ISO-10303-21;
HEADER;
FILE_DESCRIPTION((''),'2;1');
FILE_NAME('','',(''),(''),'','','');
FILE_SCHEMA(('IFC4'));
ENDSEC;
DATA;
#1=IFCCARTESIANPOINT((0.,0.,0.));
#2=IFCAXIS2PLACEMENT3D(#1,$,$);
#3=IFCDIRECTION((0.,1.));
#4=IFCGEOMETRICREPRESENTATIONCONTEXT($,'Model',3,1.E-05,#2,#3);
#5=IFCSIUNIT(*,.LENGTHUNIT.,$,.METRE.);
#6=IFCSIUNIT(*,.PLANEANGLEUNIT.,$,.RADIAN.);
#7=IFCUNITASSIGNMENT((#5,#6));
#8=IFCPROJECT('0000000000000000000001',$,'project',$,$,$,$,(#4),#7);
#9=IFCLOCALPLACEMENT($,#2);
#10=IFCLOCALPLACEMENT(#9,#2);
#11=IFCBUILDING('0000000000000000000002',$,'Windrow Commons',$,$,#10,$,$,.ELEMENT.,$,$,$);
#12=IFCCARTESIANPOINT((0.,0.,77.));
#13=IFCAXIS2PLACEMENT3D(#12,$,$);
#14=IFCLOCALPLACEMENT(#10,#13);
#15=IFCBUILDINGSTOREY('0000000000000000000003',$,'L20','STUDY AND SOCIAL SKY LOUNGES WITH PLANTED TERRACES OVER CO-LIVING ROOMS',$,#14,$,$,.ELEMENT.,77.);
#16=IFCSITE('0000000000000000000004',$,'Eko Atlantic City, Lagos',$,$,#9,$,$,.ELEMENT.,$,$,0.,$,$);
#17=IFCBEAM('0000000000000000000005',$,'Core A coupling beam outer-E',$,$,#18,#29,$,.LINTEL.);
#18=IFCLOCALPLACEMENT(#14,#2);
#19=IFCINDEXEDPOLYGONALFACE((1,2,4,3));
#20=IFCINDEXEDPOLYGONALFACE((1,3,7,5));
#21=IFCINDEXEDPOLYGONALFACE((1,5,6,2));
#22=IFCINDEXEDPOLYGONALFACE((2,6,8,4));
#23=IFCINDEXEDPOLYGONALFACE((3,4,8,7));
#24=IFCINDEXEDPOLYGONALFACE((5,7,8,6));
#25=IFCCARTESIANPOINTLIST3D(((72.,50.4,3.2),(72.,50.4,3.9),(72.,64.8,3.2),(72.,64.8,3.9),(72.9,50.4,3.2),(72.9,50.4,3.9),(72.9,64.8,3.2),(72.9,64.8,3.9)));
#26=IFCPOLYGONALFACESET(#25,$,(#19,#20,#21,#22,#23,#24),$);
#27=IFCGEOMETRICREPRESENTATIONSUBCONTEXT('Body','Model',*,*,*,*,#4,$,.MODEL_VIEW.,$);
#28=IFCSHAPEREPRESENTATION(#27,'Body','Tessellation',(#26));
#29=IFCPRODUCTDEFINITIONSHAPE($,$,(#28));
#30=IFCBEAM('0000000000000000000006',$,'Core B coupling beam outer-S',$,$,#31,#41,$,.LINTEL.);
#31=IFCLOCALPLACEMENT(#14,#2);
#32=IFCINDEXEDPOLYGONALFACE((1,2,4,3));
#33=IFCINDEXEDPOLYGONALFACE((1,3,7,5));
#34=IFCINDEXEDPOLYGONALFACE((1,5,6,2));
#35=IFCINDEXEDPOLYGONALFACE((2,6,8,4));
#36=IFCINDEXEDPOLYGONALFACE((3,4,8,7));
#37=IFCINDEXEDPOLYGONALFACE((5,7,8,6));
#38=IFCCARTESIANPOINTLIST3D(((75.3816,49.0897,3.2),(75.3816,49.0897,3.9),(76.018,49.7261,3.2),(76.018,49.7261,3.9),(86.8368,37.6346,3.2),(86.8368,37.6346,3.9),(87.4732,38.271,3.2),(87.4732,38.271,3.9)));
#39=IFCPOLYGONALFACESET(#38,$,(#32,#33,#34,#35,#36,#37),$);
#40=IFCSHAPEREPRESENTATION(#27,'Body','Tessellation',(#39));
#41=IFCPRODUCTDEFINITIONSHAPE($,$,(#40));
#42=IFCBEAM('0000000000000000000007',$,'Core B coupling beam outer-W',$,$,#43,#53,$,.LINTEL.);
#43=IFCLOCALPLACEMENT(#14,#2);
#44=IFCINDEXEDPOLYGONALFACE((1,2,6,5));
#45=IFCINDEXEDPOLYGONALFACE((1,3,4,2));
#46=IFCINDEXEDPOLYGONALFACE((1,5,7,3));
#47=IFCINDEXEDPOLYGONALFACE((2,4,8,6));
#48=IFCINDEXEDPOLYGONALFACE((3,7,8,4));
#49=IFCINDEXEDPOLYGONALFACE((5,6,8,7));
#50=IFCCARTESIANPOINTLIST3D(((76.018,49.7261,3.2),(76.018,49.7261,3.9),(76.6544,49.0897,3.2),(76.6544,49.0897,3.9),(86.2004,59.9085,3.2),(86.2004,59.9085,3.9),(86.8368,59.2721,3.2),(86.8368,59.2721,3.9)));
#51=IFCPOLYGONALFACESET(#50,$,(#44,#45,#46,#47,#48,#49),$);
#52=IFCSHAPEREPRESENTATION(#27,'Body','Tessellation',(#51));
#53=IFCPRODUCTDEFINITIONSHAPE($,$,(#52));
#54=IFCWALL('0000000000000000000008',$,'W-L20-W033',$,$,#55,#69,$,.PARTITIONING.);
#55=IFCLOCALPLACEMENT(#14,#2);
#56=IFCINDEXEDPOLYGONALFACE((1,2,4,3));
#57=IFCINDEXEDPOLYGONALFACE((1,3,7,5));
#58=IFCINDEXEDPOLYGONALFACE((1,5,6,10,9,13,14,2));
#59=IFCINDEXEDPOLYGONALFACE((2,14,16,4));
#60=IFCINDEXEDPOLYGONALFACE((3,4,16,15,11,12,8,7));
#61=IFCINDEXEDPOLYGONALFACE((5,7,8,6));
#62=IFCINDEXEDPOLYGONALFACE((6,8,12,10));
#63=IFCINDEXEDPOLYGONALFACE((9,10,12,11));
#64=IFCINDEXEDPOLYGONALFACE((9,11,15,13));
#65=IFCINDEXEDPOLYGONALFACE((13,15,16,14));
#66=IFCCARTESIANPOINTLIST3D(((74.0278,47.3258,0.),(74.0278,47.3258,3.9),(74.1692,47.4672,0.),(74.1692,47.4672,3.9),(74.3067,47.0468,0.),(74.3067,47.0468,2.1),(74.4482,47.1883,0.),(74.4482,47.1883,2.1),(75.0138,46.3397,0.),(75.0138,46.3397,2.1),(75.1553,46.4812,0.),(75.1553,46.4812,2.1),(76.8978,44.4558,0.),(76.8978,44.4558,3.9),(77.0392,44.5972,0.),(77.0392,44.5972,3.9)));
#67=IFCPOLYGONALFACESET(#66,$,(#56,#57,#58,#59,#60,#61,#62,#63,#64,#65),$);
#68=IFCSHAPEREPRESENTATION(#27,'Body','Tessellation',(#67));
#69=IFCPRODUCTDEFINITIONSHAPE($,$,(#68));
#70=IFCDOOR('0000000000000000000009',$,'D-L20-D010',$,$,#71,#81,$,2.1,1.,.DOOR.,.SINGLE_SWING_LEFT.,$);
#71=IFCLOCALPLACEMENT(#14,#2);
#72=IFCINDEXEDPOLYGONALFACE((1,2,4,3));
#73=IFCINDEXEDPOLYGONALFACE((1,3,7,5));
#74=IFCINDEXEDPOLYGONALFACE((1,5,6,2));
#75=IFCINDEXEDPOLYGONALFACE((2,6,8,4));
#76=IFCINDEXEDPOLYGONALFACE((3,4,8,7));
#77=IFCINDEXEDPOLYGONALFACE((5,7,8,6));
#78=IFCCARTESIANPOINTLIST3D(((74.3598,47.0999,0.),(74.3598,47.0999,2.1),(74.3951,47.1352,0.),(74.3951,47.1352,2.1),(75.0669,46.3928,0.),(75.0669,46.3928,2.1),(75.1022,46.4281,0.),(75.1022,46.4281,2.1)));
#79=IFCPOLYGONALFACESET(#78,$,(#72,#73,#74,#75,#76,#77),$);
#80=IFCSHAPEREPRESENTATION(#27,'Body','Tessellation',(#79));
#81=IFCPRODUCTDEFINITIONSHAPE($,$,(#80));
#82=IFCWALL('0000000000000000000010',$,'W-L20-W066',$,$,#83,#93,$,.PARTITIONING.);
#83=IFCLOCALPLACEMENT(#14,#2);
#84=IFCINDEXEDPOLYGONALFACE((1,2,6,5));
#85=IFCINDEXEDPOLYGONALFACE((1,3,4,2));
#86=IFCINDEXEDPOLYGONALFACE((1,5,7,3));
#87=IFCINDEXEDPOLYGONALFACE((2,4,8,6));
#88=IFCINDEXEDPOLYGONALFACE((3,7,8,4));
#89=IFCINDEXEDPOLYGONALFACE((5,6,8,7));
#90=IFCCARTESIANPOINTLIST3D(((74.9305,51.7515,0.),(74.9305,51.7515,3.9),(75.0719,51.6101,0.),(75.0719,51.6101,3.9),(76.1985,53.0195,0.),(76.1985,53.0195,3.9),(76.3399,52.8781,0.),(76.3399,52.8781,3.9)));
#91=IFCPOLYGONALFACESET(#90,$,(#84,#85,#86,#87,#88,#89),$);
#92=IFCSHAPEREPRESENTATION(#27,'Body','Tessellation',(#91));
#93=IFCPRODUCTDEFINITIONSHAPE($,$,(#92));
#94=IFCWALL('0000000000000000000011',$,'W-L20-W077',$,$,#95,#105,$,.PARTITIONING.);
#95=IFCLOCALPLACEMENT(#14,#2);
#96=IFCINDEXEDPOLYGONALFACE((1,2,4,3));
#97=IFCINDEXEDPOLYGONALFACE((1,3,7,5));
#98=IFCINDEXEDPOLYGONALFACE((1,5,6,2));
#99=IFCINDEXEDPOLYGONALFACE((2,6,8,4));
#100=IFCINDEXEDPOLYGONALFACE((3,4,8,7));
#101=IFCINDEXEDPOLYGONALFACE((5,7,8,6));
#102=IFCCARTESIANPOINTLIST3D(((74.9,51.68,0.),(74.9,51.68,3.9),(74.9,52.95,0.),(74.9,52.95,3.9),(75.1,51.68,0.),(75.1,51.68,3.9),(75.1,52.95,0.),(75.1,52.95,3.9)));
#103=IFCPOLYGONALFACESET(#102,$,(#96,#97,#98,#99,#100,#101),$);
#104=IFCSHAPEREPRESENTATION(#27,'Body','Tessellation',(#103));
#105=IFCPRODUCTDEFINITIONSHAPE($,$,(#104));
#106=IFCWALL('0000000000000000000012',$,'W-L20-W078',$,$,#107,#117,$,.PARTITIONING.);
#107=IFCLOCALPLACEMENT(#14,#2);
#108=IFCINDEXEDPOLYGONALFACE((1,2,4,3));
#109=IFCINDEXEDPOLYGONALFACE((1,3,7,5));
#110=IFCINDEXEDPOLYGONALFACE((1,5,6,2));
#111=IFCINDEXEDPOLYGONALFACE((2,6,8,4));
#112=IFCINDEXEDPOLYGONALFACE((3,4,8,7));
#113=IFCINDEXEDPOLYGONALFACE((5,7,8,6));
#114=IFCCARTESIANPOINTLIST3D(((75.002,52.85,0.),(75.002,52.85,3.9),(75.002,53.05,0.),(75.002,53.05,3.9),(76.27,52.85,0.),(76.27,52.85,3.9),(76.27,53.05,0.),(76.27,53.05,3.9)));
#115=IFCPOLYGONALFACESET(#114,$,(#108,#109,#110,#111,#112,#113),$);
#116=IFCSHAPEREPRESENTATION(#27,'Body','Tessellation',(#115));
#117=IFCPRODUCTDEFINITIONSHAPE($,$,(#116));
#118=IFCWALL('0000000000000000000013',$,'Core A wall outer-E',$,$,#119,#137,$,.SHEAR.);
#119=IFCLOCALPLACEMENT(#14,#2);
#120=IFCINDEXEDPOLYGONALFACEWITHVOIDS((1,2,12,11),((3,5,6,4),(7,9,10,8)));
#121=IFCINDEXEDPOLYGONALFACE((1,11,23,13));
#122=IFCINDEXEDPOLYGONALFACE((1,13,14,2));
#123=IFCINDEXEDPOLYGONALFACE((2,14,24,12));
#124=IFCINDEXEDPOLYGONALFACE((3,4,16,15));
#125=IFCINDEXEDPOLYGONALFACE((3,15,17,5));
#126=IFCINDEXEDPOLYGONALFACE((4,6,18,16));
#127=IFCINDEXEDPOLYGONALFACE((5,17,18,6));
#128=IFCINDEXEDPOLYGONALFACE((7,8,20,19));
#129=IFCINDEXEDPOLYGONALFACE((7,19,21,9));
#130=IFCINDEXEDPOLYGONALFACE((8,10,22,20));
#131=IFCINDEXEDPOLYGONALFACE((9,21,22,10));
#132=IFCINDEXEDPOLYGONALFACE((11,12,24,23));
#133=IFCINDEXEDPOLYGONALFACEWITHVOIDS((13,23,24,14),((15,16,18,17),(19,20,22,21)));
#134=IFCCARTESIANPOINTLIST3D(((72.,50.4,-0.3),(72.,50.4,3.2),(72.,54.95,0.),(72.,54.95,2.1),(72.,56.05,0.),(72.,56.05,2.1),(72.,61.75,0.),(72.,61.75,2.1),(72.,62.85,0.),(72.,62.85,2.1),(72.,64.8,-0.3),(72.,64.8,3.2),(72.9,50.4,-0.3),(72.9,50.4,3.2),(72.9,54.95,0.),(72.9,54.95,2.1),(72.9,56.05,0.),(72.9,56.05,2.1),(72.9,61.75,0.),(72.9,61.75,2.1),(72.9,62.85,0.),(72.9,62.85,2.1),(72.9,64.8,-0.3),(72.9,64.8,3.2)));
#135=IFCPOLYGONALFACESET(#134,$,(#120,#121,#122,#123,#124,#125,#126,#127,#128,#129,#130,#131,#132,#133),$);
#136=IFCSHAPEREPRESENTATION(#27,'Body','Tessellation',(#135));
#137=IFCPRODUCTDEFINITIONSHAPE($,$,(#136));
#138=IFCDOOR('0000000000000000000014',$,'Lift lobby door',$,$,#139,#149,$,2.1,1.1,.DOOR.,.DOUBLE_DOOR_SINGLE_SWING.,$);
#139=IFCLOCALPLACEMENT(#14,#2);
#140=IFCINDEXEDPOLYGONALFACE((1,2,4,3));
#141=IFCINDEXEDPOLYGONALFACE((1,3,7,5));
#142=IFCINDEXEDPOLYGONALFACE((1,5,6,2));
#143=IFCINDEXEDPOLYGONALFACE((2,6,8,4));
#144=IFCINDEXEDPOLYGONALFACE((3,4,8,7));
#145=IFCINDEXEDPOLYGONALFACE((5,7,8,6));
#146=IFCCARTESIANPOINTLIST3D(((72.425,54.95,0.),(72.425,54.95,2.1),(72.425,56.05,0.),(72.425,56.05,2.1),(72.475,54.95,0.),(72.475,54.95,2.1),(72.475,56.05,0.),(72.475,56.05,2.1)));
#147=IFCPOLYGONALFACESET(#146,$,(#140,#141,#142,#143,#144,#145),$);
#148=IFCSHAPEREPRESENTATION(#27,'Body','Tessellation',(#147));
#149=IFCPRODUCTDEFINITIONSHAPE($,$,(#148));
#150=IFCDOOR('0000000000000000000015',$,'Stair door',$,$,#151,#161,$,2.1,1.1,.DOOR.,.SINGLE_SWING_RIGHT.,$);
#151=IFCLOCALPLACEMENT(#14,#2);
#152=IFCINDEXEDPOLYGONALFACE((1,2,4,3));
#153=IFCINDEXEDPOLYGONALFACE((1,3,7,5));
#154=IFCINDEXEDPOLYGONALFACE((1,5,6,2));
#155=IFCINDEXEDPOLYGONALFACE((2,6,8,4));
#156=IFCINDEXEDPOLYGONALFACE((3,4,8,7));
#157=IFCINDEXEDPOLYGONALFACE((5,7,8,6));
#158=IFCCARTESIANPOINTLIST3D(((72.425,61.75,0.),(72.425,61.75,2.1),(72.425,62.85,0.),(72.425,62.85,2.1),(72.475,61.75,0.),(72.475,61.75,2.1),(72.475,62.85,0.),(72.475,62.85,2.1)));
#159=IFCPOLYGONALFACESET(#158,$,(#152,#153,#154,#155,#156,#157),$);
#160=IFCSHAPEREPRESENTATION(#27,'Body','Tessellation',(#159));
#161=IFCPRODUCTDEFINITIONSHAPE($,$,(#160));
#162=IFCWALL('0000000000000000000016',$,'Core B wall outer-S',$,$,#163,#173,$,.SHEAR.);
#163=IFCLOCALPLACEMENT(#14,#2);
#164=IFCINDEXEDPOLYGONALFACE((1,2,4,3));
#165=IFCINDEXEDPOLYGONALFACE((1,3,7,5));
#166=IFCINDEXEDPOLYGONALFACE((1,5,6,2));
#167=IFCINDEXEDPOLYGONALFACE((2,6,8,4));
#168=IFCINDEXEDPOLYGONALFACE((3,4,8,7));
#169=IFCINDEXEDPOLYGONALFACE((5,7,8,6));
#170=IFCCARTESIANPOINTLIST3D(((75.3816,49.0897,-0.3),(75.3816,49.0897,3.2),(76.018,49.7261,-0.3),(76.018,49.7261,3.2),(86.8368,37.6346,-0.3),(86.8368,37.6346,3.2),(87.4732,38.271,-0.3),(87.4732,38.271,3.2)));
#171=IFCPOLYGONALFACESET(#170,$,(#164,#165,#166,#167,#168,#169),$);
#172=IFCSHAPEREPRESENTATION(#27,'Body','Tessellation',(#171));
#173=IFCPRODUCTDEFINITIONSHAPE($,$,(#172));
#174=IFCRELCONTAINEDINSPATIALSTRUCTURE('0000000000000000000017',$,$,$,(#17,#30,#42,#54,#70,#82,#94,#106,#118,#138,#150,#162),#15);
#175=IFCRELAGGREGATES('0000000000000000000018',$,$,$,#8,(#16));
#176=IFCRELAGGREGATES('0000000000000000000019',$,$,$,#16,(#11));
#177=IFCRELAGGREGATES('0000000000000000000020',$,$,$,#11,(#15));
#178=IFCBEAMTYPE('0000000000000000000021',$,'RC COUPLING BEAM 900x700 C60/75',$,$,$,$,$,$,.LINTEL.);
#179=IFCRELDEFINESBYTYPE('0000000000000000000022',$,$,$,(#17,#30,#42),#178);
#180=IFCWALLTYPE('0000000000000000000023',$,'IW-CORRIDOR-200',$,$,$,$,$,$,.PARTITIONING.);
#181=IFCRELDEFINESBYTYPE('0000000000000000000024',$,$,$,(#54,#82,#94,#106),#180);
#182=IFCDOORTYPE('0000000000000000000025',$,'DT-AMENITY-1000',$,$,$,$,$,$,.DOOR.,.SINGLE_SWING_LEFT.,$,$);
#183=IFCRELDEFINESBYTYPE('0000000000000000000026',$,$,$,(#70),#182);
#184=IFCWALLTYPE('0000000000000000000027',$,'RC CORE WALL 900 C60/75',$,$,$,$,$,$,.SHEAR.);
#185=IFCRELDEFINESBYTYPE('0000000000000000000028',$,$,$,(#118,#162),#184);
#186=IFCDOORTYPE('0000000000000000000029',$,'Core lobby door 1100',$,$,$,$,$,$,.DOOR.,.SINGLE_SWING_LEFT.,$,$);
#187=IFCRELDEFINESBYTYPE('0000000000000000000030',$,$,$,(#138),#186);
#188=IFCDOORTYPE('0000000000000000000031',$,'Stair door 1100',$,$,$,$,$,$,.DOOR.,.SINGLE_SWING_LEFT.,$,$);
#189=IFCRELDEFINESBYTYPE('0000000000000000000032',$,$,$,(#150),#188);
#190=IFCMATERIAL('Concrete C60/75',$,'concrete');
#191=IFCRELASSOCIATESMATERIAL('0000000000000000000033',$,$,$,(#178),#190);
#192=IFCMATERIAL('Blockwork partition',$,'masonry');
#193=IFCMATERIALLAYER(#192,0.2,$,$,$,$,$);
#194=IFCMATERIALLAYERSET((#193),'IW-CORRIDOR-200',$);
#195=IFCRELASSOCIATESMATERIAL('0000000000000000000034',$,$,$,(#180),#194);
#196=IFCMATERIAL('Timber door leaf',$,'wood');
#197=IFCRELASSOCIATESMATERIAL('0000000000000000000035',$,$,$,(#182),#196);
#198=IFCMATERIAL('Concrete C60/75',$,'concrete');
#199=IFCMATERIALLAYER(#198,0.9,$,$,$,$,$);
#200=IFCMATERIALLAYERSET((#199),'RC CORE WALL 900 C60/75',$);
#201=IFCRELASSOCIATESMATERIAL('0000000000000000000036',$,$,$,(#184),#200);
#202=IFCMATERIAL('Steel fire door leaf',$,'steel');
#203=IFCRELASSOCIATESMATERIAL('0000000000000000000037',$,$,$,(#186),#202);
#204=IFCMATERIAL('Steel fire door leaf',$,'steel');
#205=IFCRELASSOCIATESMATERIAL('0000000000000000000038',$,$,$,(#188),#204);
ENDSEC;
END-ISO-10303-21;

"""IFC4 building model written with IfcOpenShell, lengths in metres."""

from ifc_helpers import new_model, si_unit, direction, frame, frame_2d, origin, origin_2d, place, context, subcontext, project, spatial, rectangle, extrude, material, layer, layer_set, material_profile, profile_set, type_object, element, fill, save


model = new_model("IFC4")

# Units and contexts
model_context = context("Model", 3, precision=1e-05, world=origin(), true_north=direction((0.0, 1.0)))
body_context = subcontext(model_context, "Body", "Model", "MODEL_VIEW")
ifc_project = project(units=[si_unit("LENGTHUNIT", "METRE"), si_unit("PLANEANGLEUNIT", "RADIAN")], contexts=[model_context])

# Site, building, storey
site_placement = place(None, origin())
site = spatial("IfcSite", under=ifc_project, at=site_placement, Name="Eko Atlantic City, Lagos", CompositionType="ELEMENT", RefElevation=0.0)
building_placement = place(site_placement, origin())
building = spatial("IfcBuilding", under=site, at=building_placement, Name="Windrow Commons", CompositionType="ELEMENT")
storey_placement = place(building_placement, frame((0.0, 0.0, 77.0)))
storey = spatial("IfcBuildingStorey", under=building, at=storey_placement, Name="L20", Description="STUDY AND SOCIAL SKY LOUNGES WITH PLANTED TERRACES OVER CO-LIVING ROOMS", CompositionType="ELEMENT", Elevation=77.0)

# Beams
ifc_material_1 = material(Name="Concrete C60/75", Category="concrete")
ifc_material_profile = material_profile(ifc_material_1, rectangle(XDim=0.9, YDim=0.7, at=origin_2d()))
ifc_profile_set = profile_set([ifc_material_profile], Name="Concrete C60/75")
beam_type = type_object("IfcBeamType", Name="RC COUPLING BEAM 900x700 C60/75", PredefinedType="LINTEL", material=ifc_profile_set)
beam_1_placement = place(storey_placement, frame((72.45, 50.4, 3.55), z_axis=(0.0, 1.0, 0.0), x_axis=(-1.0, 0.0, 0.0)))
element("IfcBeam", 1, at=beam_1_placement, inside=storey, type_object=beam_type, Name="Core A coupling beam outer-E", PredefinedType="LINTEL", context=body_context, shape_type="SweptSolid", body=[
    extrude(rectangle(XDim=0.9, YDim=0.7, at=origin_2d()), origin(), (0.0, 0.0, 1.0), 14.4),
])
beam_2_placement = place(storey_placement, frame((75.6998, 49.4079, 3.55), z_axis=(0.70711, -0.707104, 0.0), x_axis=(0.707104, 0.70711, 0.0)))
element("IfcBeam", 2, at=beam_2_placement, inside=storey, type_object=beam_type, Name="Core B coupling beam outer-S", PredefinedType="LINTEL", context=body_context, shape_type="SweptSolid", body=[
    extrude(rectangle(XDim=0.9, YDim=0.7, at=origin_2d()), origin(), (0.0, 0.0, 1.0), 16.2),
])
beam_3_placement = place(storey_placement, frame((76.3362, 49.4079, 3.55), z_axis=(0.707107, 0.707107, 0.0), x_axis=(-0.707107, 0.707107, 0.0)))
element("IfcBeam", 3, at=beam_3_placement, inside=storey, type_object=beam_type, Name="Core B coupling beam outer-W", PredefinedType="LINTEL", context=body_context, shape_type="SweptSolid", body=[
    extrude(rectangle(XDim=0.9, YDim=0.7, at=origin_2d()), origin(), (0.0, 0.0, 1.0), 14.4001),
])

# Wall, opening, door
ifc_material_2 = material(Name="Blockwork partition", Category="masonry")
ifc_layer_1 = layer(ifc_material_2, 0.2)
ifc_layer_set_1 = layer_set([ifc_layer_1], Name="IW-CORRIDOR-200")
wall_type_1 = type_object("IfcWallType", Name="IW-CORRIDOR-200", PredefinedType="PARTITIONING", material=ifc_layer_set_1)
wall_1_placement = place(storey_placement, frame((74.0985, 47.3965, 0.0), z_axis=(0.0, 0.0, 1.0), x_axis=(0.707107, -0.707107, 0.0)))
wall_1 = element("IfcWall", 4, at=wall_1_placement, inside=storey, type_object=wall_type_1, Name="W-L20-W033", PredefinedType="PARTITIONING", context=body_context, shape_type="SweptSolid", body=[
    extrude(rectangle(XDim=4.0588, YDim=0.2, at=frame_2d((2.0294, 0.0))), origin(), (0.0, 0.0, 1.0), 3.9),
])
opening_1_placement = place(wall_1_placement, frame((0.3945, 0.0, 0.0)))
opening_1 = element("IfcOpeningElement", 5, at=opening_1_placement, cuts=wall_1, PredefinedType="OPENING", context=body_context, shape_type="SweptSolid", body=[
    extrude(rectangle(XDim=1.0, YDim=2.1, at=frame_2d((0.5, 1.05))), frame((0.0, 0.11, 0.0), z_axis=(0.0, -1.0, 0.0), x_axis=(1.0, 0.0, 0.0)), (0.0, 0.0, 1.0), 0.22),
])
ifc_material_3 = material(Name="Timber door leaf", Category="wood")
door_type_1 = type_object("IfcDoorType", Name="DT-AMENITY-1000", OperationType="SINGLE_SWING_LEFT", PredefinedType="DOOR", material=ifc_material_3)
door_1_placement = place(opening_1_placement, origin())
door_1 = element("IfcDoor", 6, at=door_1_placement, inside=storey, type_object=door_type_1, Name="D-L20-D010", OperationType="SINGLE_SWING_LEFT", OverallHeight=2.1, OverallWidth=1.0, PredefinedType="DOOR", context=body_context, shape_type="SweptSolid", body=[
    extrude(rectangle(XDim=1.0, YDim=2.1, at=frame_2d((0.5, 1.05))), frame((0.0, 0.025, 0.0), z_axis=(0.0, -1.0, 0.0), x_axis=(1.0, 0.0, 0.0)), (0.0, 0.0, 1.0), 0.05),
])
fill(opening_1, door_1)

# Walls
wall_2_placement = place(storey_placement, frame((75.0012, 51.6808, 0.0), z_axis=(0.0, 0.0, 1.0), x_axis=(0.707107, 0.707107, 0.0)))
element("IfcWall", 7, at=wall_2_placement, inside=storey, type_object=wall_type_1, Name="W-L20-W066", PredefinedType="PARTITIONING", context=body_context, shape_type="SweptSolid", body=[
    extrude(rectangle(XDim=1.7932, YDim=0.2, at=frame_2d((0.8966, 0.0))), origin(), (0.0, 0.0, 1.0), 3.9),
])
wall_3_placement = place(storey_placement, frame((75.0, 51.68, 0.0), z_axis=(0.0, 0.0, 1.0), x_axis=(0.0, 1.0, 0.0)))
element("IfcWall", 8, at=wall_3_placement, inside=storey, type_object=wall_type_1, Name="W-L20-W077", PredefinedType="PARTITIONING", context=body_context, shape_type="SweptSolid", body=[
    extrude(rectangle(XDim=1.27, YDim=0.2, at=frame_2d((0.635, 0.0))), origin(), (0.0, 0.0, 1.0), 3.9),
])
wall_4_placement = place(storey_placement, frame((75.002, 52.95, 0.0), z_axis=(0.0, 0.0, 1.0), x_axis=(1.0, 0.0, 0.0)))
element("IfcWall", 9, at=wall_4_placement, inside=storey, type_object=wall_type_1, Name="W-L20-W078", PredefinedType="PARTITIONING", context=body_context, shape_type="SweptSolid", body=[
    extrude(rectangle(XDim=1.268, YDim=0.2, at=frame_2d((0.634, 0.0))), origin(), (0.0, 0.0, 1.0), 3.9),
])

# Wall, openings, doors
ifc_material_4 = material(Name="Concrete C60/75", Category="concrete")
ifc_layer_2 = layer(ifc_material_4, 0.9)
ifc_layer_set_2 = layer_set([ifc_layer_2], Name="RC CORE WALL 900 C60/75")
wall_type_2 = type_object("IfcWallType", Name="RC CORE WALL 900 C60/75", PredefinedType="SHEAR", material=ifc_layer_set_2)
wall_5_placement = place(storey_placement, frame((72.45, 50.4, -0.3), z_axis=(0.0, 0.0, 1.0), x_axis=(0.0, 1.0, 0.0)))
wall_5 = element("IfcWall", 10, at=wall_5_placement, inside=storey, type_object=wall_type_2, Name="Core A wall outer-E", PredefinedType="SHEAR", context=body_context, shape_type="SweptSolid", body=[
    extrude(rectangle(XDim=14.4, YDim=0.9, at=frame_2d((7.2, 0.0))), origin(), (0.0, 0.0, 1.0), 3.5),
])
opening_2_placement = place(wall_5_placement, frame((4.55, 0.0, 0.3)))
opening_2 = element("IfcOpeningElement", 11, at=opening_2_placement, cuts=wall_5, PredefinedType="OPENING", context=body_context, shape_type="SweptSolid", body=[
    extrude(rectangle(XDim=1.1, YDim=2.1, at=frame_2d((0.55, 1.05))), frame((0.0, 0.46, 0.0), z_axis=(0.0, -1.0, 0.0), x_axis=(1.0, 0.0, 0.0)), (0.0, 0.0, 1.0), 0.92),
])
opening_3_placement = place(wall_5_placement, frame((11.35, 0.0, 0.3)))
opening_3 = element("IfcOpeningElement", 12, at=opening_3_placement, cuts=wall_5, PredefinedType="OPENING", context=body_context, shape_type="SweptSolid", body=[
    extrude(rectangle(XDim=1.1, YDim=2.1, at=frame_2d((0.55, 1.05))), frame((0.0, 0.46, 0.0), z_axis=(0.0, -1.0, 0.0), x_axis=(1.0, 0.0, 0.0)), (0.0, 0.0, 1.0), 0.92),
])
ifc_material_5 = material(Name="Steel fire door leaf", Category="steel")
door_type_2 = type_object("IfcDoorType", Name="Core lobby door 1100", OperationType="SINGLE_SWING_LEFT", PredefinedType="DOOR", material=ifc_material_5)
door_2_placement = place(opening_2_placement, origin())
door_2 = element("IfcDoor", 13, at=door_2_placement, inside=storey, type_object=door_type_2, Name="Lift lobby door", OperationType="DOUBLE_DOOR_SINGLE_SWING", OverallHeight=2.1, OverallWidth=1.1, PredefinedType="DOOR", context=body_context, shape_type="SweptSolid", body=[
    extrude(rectangle(XDim=1.1, YDim=2.1, at=frame_2d((0.55, 1.05))), frame((0.0, 0.025, 0.0), z_axis=(0.0, -1.0, 0.0), x_axis=(1.0, 0.0, 0.0)), (0.0, 0.0, 1.0), 0.05),
])
fill(opening_2, door_2)
ifc_material_6 = material(Name="Steel fire door leaf", Category="steel")
door_type_3 = type_object("IfcDoorType", Name="Stair door 1100", OperationType="SINGLE_SWING_LEFT", PredefinedType="DOOR", material=ifc_material_6)
door_3_placement = place(opening_3_placement, origin())
door_3 = element("IfcDoor", 14, at=door_3_placement, inside=storey, type_object=door_type_3, Name="Stair door", OperationType="SINGLE_SWING_RIGHT", OverallHeight=2.1, OverallWidth=1.1, PredefinedType="DOOR", context=body_context, shape_type="SweptSolid", body=[
    extrude(rectangle(XDim=1.1, YDim=2.1, at=frame_2d((0.55, 1.05))), frame((0.0, 0.025, 0.0), z_axis=(0.0, -1.0, 0.0), x_axis=(1.0, 0.0, 0.0)), (0.0, 0.0, 1.0), 0.05),
])
fill(opening_3, door_3)

# Wall
wall_6_placement = place(storey_placement, frame((75.6998, 49.4079, -0.3), z_axis=(0.0, 0.0, 1.0), x_axis=(0.70711, -0.707104, 0.0)))
element("IfcWall", 15, at=wall_6_placement, inside=storey, type_object=wall_type_2, Name="Core B wall outer-S", PredefinedType="SHEAR", context=body_context, shape_type="SweptSolid", body=[
    extrude(rectangle(XDim=16.2, YDim=0.9, at=frame_2d((8.1, 0.0))), origin(), (0.0, 0.0, 1.0), 3.5),
])

save(model, "model.ifc")
